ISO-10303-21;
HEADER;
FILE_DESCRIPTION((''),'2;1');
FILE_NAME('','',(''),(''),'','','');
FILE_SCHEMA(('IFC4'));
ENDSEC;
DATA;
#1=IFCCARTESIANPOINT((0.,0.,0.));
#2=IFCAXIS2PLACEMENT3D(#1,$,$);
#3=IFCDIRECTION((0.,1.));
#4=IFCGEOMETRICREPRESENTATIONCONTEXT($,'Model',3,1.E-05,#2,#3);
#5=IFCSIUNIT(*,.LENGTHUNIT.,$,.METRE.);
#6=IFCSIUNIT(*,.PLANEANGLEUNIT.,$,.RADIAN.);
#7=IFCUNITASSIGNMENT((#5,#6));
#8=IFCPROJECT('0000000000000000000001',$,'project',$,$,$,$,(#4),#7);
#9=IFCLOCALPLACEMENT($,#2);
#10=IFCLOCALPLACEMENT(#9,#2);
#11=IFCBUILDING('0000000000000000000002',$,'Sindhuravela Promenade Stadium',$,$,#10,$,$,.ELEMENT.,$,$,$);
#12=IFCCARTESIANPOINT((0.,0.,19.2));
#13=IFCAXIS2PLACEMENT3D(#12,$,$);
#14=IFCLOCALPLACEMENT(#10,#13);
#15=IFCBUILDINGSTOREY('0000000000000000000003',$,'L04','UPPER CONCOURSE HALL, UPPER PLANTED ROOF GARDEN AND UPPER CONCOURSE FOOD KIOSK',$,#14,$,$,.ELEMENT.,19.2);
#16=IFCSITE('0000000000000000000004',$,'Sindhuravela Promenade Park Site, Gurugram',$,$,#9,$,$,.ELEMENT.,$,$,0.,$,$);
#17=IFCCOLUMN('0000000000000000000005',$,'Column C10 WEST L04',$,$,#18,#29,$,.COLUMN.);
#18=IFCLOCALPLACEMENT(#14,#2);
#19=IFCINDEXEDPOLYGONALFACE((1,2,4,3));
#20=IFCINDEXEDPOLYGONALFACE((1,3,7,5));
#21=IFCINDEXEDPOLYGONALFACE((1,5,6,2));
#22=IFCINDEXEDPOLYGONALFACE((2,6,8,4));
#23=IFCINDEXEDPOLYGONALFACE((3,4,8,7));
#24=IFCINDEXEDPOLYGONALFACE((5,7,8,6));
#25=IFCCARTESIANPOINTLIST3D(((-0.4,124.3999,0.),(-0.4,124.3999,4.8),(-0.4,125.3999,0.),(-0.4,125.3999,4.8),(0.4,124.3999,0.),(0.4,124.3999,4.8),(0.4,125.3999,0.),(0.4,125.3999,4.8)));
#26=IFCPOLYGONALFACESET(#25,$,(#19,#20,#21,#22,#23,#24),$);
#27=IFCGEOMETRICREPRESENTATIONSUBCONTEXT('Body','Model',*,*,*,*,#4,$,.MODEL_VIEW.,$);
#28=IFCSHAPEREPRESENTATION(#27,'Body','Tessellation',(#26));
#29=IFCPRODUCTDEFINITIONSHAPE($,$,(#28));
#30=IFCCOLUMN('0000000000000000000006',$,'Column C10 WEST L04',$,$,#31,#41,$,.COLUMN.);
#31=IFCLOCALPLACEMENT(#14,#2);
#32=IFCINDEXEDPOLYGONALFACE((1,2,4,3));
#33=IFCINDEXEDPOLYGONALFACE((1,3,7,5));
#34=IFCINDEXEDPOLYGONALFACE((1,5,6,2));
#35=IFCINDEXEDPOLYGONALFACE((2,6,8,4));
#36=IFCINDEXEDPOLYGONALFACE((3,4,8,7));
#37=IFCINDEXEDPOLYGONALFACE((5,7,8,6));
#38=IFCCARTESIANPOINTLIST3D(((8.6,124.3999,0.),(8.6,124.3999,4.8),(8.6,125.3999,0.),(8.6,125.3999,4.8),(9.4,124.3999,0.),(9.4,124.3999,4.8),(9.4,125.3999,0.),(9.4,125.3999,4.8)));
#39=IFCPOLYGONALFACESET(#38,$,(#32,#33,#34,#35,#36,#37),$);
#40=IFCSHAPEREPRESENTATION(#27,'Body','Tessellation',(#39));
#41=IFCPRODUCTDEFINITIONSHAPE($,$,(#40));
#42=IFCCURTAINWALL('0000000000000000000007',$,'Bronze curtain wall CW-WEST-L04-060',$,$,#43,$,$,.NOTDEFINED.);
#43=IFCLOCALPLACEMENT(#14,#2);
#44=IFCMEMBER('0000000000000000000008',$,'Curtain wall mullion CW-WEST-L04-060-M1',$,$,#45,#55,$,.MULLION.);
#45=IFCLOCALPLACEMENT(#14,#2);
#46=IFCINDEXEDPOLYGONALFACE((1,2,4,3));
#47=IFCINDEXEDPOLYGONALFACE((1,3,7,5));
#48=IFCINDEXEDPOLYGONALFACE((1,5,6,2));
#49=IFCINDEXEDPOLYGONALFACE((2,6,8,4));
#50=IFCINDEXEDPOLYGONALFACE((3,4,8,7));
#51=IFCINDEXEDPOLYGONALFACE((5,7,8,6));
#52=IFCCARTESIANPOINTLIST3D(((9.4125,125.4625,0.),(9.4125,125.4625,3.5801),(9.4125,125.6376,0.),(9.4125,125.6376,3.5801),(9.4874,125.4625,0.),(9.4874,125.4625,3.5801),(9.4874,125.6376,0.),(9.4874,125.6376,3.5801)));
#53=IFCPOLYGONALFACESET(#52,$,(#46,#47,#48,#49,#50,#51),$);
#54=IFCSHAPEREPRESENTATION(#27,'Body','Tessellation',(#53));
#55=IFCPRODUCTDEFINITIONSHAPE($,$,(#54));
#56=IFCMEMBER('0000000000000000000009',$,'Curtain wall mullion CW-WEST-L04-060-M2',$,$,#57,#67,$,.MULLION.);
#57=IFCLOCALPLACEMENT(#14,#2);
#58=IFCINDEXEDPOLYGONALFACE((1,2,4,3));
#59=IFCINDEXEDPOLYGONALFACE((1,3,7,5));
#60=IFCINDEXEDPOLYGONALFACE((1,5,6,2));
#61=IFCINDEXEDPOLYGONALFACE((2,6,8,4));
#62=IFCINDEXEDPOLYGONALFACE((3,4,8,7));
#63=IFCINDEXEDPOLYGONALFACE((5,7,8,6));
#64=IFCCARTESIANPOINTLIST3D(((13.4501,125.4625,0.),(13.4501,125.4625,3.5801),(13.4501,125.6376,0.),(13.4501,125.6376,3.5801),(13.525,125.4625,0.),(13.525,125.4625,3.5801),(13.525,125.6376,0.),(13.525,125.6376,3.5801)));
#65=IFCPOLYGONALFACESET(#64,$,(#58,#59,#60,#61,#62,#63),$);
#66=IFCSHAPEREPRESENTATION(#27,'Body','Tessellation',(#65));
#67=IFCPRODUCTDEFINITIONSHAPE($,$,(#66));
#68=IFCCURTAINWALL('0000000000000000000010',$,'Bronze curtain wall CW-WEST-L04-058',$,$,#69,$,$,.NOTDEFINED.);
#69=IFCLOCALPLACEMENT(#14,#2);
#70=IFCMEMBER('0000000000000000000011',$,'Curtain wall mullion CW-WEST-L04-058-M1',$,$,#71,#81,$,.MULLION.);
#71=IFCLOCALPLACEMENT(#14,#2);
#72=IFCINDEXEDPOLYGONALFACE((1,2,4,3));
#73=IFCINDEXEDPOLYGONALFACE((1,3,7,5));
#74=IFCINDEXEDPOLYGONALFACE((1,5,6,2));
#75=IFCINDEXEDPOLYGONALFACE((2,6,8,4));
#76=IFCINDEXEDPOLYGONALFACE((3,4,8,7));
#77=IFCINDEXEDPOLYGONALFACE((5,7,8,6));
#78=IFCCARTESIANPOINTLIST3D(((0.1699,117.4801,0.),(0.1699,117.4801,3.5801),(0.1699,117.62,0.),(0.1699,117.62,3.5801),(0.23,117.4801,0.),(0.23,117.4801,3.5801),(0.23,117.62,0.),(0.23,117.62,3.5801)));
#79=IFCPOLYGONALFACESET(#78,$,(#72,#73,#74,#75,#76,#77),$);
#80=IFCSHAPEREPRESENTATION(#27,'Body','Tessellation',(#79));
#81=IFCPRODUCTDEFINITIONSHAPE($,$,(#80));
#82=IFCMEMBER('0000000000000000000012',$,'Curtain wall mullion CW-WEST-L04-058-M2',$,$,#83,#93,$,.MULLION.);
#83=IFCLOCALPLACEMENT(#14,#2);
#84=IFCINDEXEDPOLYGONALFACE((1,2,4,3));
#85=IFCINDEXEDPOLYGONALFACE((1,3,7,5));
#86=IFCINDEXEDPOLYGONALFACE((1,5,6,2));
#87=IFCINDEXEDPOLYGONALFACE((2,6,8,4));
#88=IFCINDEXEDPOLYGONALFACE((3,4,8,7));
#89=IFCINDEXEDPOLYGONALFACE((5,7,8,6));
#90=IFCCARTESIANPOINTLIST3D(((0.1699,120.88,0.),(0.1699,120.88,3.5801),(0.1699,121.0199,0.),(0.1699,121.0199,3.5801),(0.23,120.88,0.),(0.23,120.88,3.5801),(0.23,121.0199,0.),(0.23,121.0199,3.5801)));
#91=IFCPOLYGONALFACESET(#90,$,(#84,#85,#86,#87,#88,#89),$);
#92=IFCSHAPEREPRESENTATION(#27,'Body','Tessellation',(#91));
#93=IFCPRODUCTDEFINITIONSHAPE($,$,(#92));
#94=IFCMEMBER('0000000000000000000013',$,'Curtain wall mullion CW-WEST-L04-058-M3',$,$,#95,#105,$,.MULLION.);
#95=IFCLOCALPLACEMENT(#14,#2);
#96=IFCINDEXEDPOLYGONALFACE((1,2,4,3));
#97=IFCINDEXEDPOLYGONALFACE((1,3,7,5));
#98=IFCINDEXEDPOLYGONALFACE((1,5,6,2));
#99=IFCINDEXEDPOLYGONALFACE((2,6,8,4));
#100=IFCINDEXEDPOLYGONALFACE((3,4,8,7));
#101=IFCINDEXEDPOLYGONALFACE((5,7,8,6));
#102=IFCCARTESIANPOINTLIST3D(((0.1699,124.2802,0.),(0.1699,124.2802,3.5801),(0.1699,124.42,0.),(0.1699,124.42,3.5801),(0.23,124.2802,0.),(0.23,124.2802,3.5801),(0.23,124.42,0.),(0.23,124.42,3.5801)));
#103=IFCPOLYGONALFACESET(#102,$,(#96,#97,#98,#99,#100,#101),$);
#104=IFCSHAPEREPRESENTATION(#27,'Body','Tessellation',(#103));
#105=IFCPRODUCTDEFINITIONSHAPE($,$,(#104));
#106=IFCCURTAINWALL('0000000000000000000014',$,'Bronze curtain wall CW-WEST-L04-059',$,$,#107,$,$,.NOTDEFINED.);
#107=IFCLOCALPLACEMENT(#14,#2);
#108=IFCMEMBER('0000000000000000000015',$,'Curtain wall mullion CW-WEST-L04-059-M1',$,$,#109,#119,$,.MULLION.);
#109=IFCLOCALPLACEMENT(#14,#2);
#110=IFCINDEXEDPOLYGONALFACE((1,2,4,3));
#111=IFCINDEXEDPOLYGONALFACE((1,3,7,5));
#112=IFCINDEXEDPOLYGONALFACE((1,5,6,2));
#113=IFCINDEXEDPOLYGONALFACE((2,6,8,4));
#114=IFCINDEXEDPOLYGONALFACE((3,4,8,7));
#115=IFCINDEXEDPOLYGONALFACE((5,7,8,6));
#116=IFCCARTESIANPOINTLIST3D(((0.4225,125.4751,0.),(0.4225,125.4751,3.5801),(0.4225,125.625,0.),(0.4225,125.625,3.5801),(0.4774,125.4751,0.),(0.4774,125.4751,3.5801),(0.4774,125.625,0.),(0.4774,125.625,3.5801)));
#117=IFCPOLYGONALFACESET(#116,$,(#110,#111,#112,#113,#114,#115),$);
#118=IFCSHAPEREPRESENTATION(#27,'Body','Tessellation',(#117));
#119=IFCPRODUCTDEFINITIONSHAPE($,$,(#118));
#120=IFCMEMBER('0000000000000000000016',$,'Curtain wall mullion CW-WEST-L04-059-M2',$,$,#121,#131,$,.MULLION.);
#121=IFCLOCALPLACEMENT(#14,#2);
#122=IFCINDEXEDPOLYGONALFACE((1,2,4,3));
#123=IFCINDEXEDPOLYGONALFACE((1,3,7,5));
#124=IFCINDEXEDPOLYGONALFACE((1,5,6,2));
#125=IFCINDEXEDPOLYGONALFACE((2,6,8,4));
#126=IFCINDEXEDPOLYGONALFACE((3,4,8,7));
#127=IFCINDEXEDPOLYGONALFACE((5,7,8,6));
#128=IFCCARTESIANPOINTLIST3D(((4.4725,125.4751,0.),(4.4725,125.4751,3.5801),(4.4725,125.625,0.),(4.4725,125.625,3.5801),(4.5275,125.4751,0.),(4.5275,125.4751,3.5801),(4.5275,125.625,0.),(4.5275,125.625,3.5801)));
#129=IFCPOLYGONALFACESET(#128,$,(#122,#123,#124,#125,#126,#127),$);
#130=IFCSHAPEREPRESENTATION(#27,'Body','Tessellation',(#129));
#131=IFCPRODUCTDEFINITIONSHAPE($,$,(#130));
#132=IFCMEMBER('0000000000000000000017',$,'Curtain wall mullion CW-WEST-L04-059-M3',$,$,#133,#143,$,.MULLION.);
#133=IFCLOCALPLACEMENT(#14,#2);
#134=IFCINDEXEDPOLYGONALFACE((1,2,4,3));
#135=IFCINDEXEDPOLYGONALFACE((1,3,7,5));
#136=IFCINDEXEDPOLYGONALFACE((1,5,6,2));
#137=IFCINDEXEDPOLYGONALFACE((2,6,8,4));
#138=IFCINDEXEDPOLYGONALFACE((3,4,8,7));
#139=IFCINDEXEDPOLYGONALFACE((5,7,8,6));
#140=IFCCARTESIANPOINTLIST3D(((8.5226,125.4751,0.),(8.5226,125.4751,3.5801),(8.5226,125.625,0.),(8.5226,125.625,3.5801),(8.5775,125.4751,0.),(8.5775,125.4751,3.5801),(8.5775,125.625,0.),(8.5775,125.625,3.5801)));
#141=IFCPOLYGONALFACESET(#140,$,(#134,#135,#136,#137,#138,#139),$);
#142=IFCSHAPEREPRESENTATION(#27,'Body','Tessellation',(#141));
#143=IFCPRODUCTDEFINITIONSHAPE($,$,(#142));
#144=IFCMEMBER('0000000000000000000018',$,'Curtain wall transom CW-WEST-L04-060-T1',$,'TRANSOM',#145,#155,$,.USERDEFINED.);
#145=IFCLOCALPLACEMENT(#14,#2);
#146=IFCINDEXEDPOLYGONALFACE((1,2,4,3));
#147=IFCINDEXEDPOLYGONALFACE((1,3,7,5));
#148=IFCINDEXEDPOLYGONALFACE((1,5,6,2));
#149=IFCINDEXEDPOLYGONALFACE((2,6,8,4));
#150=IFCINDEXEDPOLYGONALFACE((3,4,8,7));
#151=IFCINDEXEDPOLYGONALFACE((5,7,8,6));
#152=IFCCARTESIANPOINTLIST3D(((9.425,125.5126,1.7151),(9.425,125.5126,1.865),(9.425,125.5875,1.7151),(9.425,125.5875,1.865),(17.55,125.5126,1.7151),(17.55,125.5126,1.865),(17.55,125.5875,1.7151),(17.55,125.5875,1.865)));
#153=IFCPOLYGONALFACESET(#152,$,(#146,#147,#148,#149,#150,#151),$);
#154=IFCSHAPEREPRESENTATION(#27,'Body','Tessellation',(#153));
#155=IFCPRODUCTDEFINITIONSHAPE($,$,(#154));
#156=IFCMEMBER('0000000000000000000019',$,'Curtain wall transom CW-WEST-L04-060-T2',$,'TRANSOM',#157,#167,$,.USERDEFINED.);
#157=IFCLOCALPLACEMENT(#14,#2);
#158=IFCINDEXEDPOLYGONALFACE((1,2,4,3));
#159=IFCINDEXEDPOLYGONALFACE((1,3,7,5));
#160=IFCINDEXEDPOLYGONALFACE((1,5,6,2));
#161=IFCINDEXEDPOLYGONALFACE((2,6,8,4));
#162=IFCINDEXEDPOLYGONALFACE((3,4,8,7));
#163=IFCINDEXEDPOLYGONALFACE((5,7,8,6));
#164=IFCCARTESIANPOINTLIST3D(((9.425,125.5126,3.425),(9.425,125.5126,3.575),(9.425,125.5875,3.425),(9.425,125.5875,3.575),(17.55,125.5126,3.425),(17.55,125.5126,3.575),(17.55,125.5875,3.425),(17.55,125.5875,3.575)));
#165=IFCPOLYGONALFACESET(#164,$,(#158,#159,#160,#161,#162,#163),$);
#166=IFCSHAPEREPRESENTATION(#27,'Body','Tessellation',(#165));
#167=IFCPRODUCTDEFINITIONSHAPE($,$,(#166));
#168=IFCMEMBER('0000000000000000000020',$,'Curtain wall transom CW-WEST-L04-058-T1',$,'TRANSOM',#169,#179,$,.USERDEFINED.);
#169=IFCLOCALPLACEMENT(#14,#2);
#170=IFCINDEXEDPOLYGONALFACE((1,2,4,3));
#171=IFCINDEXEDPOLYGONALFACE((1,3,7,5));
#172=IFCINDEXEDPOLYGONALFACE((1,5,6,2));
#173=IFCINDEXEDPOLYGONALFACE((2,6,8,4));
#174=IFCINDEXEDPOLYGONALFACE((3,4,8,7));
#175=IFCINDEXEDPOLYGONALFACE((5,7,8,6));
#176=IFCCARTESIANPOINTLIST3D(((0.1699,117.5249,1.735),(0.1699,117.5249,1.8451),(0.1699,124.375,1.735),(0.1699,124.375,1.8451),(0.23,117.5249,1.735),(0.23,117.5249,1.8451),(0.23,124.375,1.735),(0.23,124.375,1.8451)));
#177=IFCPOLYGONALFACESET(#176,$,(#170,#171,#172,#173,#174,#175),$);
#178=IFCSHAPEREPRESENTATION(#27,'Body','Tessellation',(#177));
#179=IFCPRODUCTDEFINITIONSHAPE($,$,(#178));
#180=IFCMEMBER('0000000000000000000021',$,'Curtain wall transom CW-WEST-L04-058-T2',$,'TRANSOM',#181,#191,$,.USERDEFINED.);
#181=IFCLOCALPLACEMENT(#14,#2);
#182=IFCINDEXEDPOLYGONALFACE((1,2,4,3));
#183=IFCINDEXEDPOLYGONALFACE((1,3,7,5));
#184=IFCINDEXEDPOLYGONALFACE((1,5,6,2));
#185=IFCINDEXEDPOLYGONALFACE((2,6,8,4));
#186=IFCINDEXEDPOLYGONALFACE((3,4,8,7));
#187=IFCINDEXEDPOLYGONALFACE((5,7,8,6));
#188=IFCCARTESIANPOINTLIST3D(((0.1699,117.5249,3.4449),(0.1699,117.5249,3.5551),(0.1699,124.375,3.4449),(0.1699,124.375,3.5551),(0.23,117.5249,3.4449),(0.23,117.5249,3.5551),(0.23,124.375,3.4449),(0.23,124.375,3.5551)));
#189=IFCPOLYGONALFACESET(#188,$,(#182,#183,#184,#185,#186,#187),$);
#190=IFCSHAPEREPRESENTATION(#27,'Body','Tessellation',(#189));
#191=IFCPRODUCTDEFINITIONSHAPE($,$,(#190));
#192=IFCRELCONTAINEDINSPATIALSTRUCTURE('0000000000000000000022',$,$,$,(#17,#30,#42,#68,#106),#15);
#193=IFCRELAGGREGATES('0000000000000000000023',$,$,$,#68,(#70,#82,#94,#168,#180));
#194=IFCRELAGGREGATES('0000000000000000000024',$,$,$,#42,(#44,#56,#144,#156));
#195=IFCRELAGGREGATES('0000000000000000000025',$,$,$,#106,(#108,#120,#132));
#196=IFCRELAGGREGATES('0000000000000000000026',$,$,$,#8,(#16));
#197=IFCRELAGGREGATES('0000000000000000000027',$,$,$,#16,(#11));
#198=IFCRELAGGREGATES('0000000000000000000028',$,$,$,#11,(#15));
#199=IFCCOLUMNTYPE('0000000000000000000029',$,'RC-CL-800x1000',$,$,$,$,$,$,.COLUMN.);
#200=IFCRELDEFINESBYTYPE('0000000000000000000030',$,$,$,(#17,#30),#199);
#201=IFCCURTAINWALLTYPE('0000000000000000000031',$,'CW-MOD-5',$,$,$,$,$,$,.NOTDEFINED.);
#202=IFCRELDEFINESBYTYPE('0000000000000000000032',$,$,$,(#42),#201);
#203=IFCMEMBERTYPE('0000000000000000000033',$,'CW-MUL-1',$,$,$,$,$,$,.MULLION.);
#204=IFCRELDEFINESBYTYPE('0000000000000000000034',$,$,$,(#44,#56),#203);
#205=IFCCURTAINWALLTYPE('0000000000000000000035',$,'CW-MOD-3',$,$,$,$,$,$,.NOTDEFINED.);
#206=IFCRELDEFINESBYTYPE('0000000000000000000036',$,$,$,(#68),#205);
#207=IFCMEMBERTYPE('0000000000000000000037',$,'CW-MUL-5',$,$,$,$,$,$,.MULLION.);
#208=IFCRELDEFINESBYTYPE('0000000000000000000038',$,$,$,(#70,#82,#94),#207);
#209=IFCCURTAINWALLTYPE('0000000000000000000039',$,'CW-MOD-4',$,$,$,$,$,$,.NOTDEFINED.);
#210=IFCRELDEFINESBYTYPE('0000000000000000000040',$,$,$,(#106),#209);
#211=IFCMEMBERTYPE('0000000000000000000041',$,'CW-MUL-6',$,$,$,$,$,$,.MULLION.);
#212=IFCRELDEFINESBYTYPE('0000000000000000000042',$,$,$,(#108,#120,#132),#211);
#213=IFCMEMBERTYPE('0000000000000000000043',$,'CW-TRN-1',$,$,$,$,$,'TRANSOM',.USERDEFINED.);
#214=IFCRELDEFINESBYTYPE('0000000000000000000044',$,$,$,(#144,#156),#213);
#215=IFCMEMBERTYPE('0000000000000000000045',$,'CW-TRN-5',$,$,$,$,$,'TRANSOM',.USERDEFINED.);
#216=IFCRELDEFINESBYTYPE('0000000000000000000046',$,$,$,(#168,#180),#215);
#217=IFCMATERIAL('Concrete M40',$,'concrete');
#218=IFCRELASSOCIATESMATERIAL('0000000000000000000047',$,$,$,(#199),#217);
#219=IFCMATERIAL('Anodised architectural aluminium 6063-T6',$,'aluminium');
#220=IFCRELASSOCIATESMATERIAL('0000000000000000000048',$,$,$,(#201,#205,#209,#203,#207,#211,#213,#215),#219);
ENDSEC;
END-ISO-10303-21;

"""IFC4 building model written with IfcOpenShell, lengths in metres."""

from ifc_helpers import new_model, si_unit, direction, frame, origin, origin_2d, place, context, subcontext, project, spatial, rectangle, extrude, material, material_profile, profile_set, type_object, element, aggregate, save


model = new_model("IFC4")

# Units and contexts
model_context = context("Model", 3, precision=1e-05, world=origin(), true_north=direction((0.0, 1.0)))
body_context = subcontext(model_context, "Body", "Model", "MODEL_VIEW")
ifc_project = project(units=[si_unit("LENGTHUNIT", "METRE"), si_unit("PLANEANGLEUNIT", "RADIAN")], contexts=[model_context])

# Site, building, storey
site_placement = place(None, origin())
site = spatial("IfcSite", under=ifc_project, at=site_placement, Name="Sindhuravela Promenade Park Site, Gurugram", CompositionType="ELEMENT", RefElevation=0.0)
building_placement = place(site_placement, origin())
building = spatial("IfcBuilding", under=site, at=building_placement, Name="Sindhuravela Promenade Stadium", CompositionType="ELEMENT")
storey_placement = place(building_placement, frame((0.0, 0.0, 19.2)))
storey = spatial("IfcBuildingStorey", under=building, at=storey_placement, Name="L04", Description="UPPER CONCOURSE HALL, UPPER PLANTED ROOF GARDEN AND UPPER CONCOURSE FOOD KIOSK", CompositionType="ELEMENT", Elevation=19.2)

# Columns
ifc_material_1 = material(Name="Concrete M40", Category="concrete")
ifc_material_profile_1 = material_profile(ifc_material_1, rectangle(XDim=0.8, YDim=1.0, at=origin_2d()), Name="RC 800x1000")
ifc_profile_set_1 = profile_set([ifc_material_profile_1], Name="Concrete M40")
column_type = type_object("IfcColumnType", Name="RC-CL-800x1000", PredefinedType="COLUMN", material=ifc_profile_set_1)
for number, where, z_axis, x_axis, name in (
    (1, (0.0, 124.8999, 0.0), (0.0, 0.0, 1.0), (1.0, 0.0, 0.0), "Column C10 WEST L04"),
    (2, (9.0, 124.8999, 0.0), (0.0, 0.0, 1.0), (1.0, 0.0, 0.0), "Column C10 WEST L04"),
):
    element("IfcColumn", number, at=place(storey_placement, frame(where, z_axis=z_axis, x_axis=x_axis)), inside=storey, type_object=column_type, Name=name, PredefinedType="COLUMN", context=body_context, shape_type="SweptSolid", body=[
        extrude(rectangle(XDim=0.8, YDim=1.0, at=origin_2d()), origin(), (0.0, 0.0, 1.0), 4.8),
    ])

# Curtain walls, members
ifc_material_2 = material(Name="Anodised architectural aluminium 6063-T6", Category="aluminium")
curtain_wall_type_1 = type_object("IfcCurtainWallType", Name="CW-MOD-5", PredefinedType="NOTDEFINED", material=ifc_material_2)
curtain_wall_1_placement = place(storey_placement, origin())
curtain_wall_1 = element("IfcCurtainWall", 3, at=curtain_wall_1_placement, inside=storey, type_object=curtain_wall_type_1, Name="Bronze curtain wall CW-WEST-L04-060", PredefinedType="NOTDEFINED")
ifc_material_profile_2 = material_profile(ifc_material_2, rectangle(XDim=0.075, YDim=0.175, at=origin_2d()), Name="ALU MULL 75x175")
ifc_profile_set_2 = profile_set([ifc_material_profile_2], Name="Anodised architectural aluminium 6063-T6")
member_type_1 = type_object("IfcMemberType", Name="CW-MUL-1", PredefinedType="MULLION", material=ifc_profile_set_2)
member_1_placement = place(storey_placement, frame((9.45, 125.55, 0.0), z_axis=(0.0, 0.0, 1.0), x_axis=(1.0, 0.0, 0.0)))
member_1 = element("IfcMember", 4, at=member_1_placement, type_object=member_type_1, Name="Curtain wall mullion CW-WEST-L04-060-M1", PredefinedType="MULLION", context=body_context, shape_type="SweptSolid", body=[
    extrude(rectangle(XDim=0.075, YDim=0.175, at=origin_2d()), origin(), (0.0, 0.0, 1.0), 3.5801),
])
member_2_placement = place(storey_placement, frame((13.4875, 125.55, 0.0), z_axis=(0.0, 0.0, 1.0), x_axis=(1.0, 0.0, 0.0)))
member_2 = element("IfcMember", 5, at=member_2_placement, type_object=member_type_1, Name="Curtain wall mullion CW-WEST-L04-060-M2", PredefinedType="MULLION", context=body_context, shape_type="SweptSolid", body=[
    extrude(rectangle(XDim=0.075, YDim=0.175, at=origin_2d()), origin(), (0.0, 0.0, 1.0), 3.5801),
])
curtain_wall_type_2 = type_object("IfcCurtainWallType", Name="CW-MOD-3", PredefinedType="NOTDEFINED", material=ifc_material_2)
curtain_wall_2_placement = place(storey_placement, origin())
curtain_wall_2 = element("IfcCurtainWall", 6, at=curtain_wall_2_placement, inside=storey, type_object=curtain_wall_type_2, Name="Bronze curtain wall CW-WEST-L04-058", PredefinedType="NOTDEFINED")
ifc_material_profile_3 = material_profile(ifc_material_2, rectangle(XDim=0.0601, YDim=0.1399, at=origin_2d()), Name="ALU M60x140")
ifc_profile_set_3 = profile_set([ifc_material_profile_3], Name="Anodised architectural aluminium 6063-T6")
member_type_2 = type_object("IfcMemberType", Name="CW-MUL-5", PredefinedType="MULLION", material=ifc_profile_set_3)
member_3_placement = place(storey_placement, frame((0.2, 117.55, 0.0), z_axis=(0.0, 0.0, 1.0), x_axis=(1.0, 0.0, 0.0)))
member_3 = element("IfcMember", 7, at=member_3_placement, type_object=member_type_2, Name="Curtain wall mullion CW-WEST-L04-058-M1", PredefinedType="MULLION", context=body_context, shape_type="SweptSolid", body=[
    extrude(rectangle(XDim=0.0601, YDim=0.1399, at=origin_2d()), origin(), (0.0, 0.0, 1.0), 3.5801),
])
member_4_placement = place(storey_placement, frame((0.2, 120.95, 0.0), z_axis=(0.0, 0.0, 1.0), x_axis=(1.0, 0.0, 0.0)))
member_4 = element("IfcMember", 8, at=member_4_placement, type_object=member_type_2, Name="Curtain wall mullion CW-WEST-L04-058-M2", PredefinedType="MULLION", context=body_context, shape_type="SweptSolid", body=[
    extrude(rectangle(XDim=0.0601, YDim=0.1399, at=origin_2d()), origin(), (0.0, 0.0, 1.0), 3.5801),
])
member_5_placement = place(storey_placement, frame((0.2, 124.3501, 0.0), z_axis=(0.0, 0.0, 1.0), x_axis=(1.0, 0.0, 0.0)))
member_5 = element("IfcMember", 9, at=member_5_placement, type_object=member_type_2, Name="Curtain wall mullion CW-WEST-L04-058-M3", PredefinedType="MULLION", context=body_context, shape_type="SweptSolid", body=[
    extrude(rectangle(XDim=0.0601, YDim=0.1399, at=origin_2d()), origin(), (0.0, 0.0, 1.0), 3.5801),
])
curtain_wall_type_3 = type_object("IfcCurtainWallType", Name="CW-MOD-4", PredefinedType="NOTDEFINED", material=ifc_material_2)
curtain_wall_3_placement = place(storey_placement, origin())
curtain_wall_3 = element("IfcCurtainWall", 10, at=curtain_wall_3_placement, inside=storey, type_object=curtain_wall_type_3, Name="Bronze curtain wall CW-WEST-L04-059", PredefinedType="NOTDEFINED")
ifc_material_profile_4 = material_profile(ifc_material_2, rectangle(XDim=0.0549, YDim=0.1499, at=origin_2d()), Name="ALU M55x150")
ifc_profile_set_4 = profile_set([ifc_material_profile_4], Name="Anodised architectural aluminium 6063-T6")
member_type_3 = type_object("IfcMemberType", Name="CW-MUL-6", PredefinedType="MULLION", material=ifc_profile_set_4)
member_6_placement = place(storey_placement, frame((0.45, 125.55, 0.0), z_axis=(0.0, 0.0, 1.0), x_axis=(1.0, 0.0, 0.0)))
member_6 = element("IfcMember", 11, at=member_6_placement, type_object=member_type_3, Name="Curtain wall mullion CW-WEST-L04-059-M1", PredefinedType="MULLION", context=body_context, shape_type="SweptSolid", body=[
    extrude(rectangle(XDim=0.0549, YDim=0.1499, at=origin_2d()), origin(), (0.0, 0.0, 1.0), 3.5801),
])
member_7_placement = place(storey_placement, frame((4.5, 125.55, 0.0), z_axis=(0.0, 0.0, 1.0), x_axis=(1.0, 0.0, 0.0)))
member_7 = element("IfcMember", 12, at=member_7_placement, type_object=member_type_3, Name="Curtain wall mullion CW-WEST-L04-059-M2", PredefinedType="MULLION", context=body_context, shape_type="SweptSolid", body=[
    extrude(rectangle(XDim=0.0549, YDim=0.1499, at=origin_2d()), origin(), (0.0, 0.0, 1.0), 3.5801),
])
member_8_placement = place(storey_placement, frame((8.55, 125.55, 0.0), z_axis=(0.0, 0.0, 1.0), x_axis=(1.0, 0.0, 0.0)))
member_8 = element("IfcMember", 13, at=member_8_placement, type_object=member_type_3, Name="Curtain wall mullion CW-WEST-L04-059-M3", PredefinedType="MULLION", context=body_context, shape_type="SweptSolid", body=[
    extrude(rectangle(XDim=0.0549, YDim=0.1499, at=origin_2d()), origin(), (0.0, 0.0, 1.0), 3.5801),
])

# Members
ifc_material_profile_5 = material_profile(ifc_material_2, rectangle(XDim=0.075, YDim=0.1499, at=origin_2d()), Name="ALU TRAN 75x150")
ifc_profile_set_5 = profile_set([ifc_material_profile_5], Name="Anodised architectural aluminium 6063-T6")
member_type_4 = type_object("IfcMemberType", Name="CW-TRN-1", ElementType="TRANSOM", PredefinedType="USERDEFINED", material=ifc_profile_set_5)
member_9_placement = place(storey_placement, frame((9.425, 125.55, 1.79), z_axis=(1.0, 0.0, 0.0), x_axis=(0.0, 1.0, 0.0)))
member_9 = element("IfcMember", 14, at=member_9_placement, type_object=member_type_4, Name="Curtain wall transom CW-WEST-L04-060-T1", ObjectType="TRANSOM", PredefinedType="USERDEFINED", context=body_context, shape_type="SweptSolid", body=[
    extrude(rectangle(XDim=0.075, YDim=0.1499, at=origin_2d()), origin(), (0.0, 0.0, 1.0), 8.125),
])
member_10_placement = place(storey_placement, frame((9.425, 125.55, 3.5), z_axis=(1.0, 0.0, 0.0), x_axis=(0.0, 1.0, 0.0)))
member_10 = element("IfcMember", 15, at=member_10_placement, type_object=member_type_4, Name="Curtain wall transom CW-WEST-L04-060-T2", ObjectType="TRANSOM", PredefinedType="USERDEFINED", context=body_context, shape_type="SweptSolid", body=[
    extrude(rectangle(XDim=0.075, YDim=0.1499, at=origin_2d()), origin(), (0.0, 0.0, 1.0), 8.125),
])
ifc_material_profile_6 = material_profile(ifc_material_2, rectangle(XDim=0.0601, YDim=0.1101, at=origin_2d()), Name="ALU T60x110")
ifc_profile_set_6 = profile_set([ifc_material_profile_6], Name="Anodised architectural aluminium 6063-T6")
member_type_5 = type_object("IfcMemberType", Name="CW-TRN-5", ElementType="TRANSOM", PredefinedType="USERDEFINED", material=ifc_profile_set_6)
member_11_placement = place(storey_placement, frame((0.2, 117.5249, 1.79), z_axis=(0.0, 1.0, 0.0), x_axis=(-1.0, 0.0, 0.0)))
member_11 = element("IfcMember", 16, at=member_11_placement, type_object=member_type_5, Name="Curtain wall transom CW-WEST-L04-058-T1", ObjectType="TRANSOM", PredefinedType="USERDEFINED", context=body_context, shape_type="SweptSolid", body=[
    extrude(rectangle(XDim=0.0601, YDim=0.1101, at=origin_2d()), origin(), (0.0, 0.0, 1.0), 6.8501),
])
member_12_placement = place(storey_placement, frame((0.2, 117.5249, 3.5), z_axis=(0.0, 1.0, 0.0), x_axis=(-1.0, 0.0, 0.0)))
member_12 = element("IfcMember", 17, at=member_12_placement, type_object=member_type_5, Name="Curtain wall transom CW-WEST-L04-058-T2", ObjectType="TRANSOM", PredefinedType="USERDEFINED", context=body_context, shape_type="SweptSolid", body=[
    extrude(rectangle(XDim=0.0601, YDim=0.1101, at=origin_2d()), origin(), (0.0, 0.0, 1.0), 6.8501),
])

aggregate(curtain_wall_2, [member_3, member_4, member_5, member_11, member_12])
aggregate(curtain_wall_1, [member_1, member_2, member_9, member_10])
aggregate(curtain_wall_3, [member_6, member_7, member_8])

save(model, "model.ifc")
